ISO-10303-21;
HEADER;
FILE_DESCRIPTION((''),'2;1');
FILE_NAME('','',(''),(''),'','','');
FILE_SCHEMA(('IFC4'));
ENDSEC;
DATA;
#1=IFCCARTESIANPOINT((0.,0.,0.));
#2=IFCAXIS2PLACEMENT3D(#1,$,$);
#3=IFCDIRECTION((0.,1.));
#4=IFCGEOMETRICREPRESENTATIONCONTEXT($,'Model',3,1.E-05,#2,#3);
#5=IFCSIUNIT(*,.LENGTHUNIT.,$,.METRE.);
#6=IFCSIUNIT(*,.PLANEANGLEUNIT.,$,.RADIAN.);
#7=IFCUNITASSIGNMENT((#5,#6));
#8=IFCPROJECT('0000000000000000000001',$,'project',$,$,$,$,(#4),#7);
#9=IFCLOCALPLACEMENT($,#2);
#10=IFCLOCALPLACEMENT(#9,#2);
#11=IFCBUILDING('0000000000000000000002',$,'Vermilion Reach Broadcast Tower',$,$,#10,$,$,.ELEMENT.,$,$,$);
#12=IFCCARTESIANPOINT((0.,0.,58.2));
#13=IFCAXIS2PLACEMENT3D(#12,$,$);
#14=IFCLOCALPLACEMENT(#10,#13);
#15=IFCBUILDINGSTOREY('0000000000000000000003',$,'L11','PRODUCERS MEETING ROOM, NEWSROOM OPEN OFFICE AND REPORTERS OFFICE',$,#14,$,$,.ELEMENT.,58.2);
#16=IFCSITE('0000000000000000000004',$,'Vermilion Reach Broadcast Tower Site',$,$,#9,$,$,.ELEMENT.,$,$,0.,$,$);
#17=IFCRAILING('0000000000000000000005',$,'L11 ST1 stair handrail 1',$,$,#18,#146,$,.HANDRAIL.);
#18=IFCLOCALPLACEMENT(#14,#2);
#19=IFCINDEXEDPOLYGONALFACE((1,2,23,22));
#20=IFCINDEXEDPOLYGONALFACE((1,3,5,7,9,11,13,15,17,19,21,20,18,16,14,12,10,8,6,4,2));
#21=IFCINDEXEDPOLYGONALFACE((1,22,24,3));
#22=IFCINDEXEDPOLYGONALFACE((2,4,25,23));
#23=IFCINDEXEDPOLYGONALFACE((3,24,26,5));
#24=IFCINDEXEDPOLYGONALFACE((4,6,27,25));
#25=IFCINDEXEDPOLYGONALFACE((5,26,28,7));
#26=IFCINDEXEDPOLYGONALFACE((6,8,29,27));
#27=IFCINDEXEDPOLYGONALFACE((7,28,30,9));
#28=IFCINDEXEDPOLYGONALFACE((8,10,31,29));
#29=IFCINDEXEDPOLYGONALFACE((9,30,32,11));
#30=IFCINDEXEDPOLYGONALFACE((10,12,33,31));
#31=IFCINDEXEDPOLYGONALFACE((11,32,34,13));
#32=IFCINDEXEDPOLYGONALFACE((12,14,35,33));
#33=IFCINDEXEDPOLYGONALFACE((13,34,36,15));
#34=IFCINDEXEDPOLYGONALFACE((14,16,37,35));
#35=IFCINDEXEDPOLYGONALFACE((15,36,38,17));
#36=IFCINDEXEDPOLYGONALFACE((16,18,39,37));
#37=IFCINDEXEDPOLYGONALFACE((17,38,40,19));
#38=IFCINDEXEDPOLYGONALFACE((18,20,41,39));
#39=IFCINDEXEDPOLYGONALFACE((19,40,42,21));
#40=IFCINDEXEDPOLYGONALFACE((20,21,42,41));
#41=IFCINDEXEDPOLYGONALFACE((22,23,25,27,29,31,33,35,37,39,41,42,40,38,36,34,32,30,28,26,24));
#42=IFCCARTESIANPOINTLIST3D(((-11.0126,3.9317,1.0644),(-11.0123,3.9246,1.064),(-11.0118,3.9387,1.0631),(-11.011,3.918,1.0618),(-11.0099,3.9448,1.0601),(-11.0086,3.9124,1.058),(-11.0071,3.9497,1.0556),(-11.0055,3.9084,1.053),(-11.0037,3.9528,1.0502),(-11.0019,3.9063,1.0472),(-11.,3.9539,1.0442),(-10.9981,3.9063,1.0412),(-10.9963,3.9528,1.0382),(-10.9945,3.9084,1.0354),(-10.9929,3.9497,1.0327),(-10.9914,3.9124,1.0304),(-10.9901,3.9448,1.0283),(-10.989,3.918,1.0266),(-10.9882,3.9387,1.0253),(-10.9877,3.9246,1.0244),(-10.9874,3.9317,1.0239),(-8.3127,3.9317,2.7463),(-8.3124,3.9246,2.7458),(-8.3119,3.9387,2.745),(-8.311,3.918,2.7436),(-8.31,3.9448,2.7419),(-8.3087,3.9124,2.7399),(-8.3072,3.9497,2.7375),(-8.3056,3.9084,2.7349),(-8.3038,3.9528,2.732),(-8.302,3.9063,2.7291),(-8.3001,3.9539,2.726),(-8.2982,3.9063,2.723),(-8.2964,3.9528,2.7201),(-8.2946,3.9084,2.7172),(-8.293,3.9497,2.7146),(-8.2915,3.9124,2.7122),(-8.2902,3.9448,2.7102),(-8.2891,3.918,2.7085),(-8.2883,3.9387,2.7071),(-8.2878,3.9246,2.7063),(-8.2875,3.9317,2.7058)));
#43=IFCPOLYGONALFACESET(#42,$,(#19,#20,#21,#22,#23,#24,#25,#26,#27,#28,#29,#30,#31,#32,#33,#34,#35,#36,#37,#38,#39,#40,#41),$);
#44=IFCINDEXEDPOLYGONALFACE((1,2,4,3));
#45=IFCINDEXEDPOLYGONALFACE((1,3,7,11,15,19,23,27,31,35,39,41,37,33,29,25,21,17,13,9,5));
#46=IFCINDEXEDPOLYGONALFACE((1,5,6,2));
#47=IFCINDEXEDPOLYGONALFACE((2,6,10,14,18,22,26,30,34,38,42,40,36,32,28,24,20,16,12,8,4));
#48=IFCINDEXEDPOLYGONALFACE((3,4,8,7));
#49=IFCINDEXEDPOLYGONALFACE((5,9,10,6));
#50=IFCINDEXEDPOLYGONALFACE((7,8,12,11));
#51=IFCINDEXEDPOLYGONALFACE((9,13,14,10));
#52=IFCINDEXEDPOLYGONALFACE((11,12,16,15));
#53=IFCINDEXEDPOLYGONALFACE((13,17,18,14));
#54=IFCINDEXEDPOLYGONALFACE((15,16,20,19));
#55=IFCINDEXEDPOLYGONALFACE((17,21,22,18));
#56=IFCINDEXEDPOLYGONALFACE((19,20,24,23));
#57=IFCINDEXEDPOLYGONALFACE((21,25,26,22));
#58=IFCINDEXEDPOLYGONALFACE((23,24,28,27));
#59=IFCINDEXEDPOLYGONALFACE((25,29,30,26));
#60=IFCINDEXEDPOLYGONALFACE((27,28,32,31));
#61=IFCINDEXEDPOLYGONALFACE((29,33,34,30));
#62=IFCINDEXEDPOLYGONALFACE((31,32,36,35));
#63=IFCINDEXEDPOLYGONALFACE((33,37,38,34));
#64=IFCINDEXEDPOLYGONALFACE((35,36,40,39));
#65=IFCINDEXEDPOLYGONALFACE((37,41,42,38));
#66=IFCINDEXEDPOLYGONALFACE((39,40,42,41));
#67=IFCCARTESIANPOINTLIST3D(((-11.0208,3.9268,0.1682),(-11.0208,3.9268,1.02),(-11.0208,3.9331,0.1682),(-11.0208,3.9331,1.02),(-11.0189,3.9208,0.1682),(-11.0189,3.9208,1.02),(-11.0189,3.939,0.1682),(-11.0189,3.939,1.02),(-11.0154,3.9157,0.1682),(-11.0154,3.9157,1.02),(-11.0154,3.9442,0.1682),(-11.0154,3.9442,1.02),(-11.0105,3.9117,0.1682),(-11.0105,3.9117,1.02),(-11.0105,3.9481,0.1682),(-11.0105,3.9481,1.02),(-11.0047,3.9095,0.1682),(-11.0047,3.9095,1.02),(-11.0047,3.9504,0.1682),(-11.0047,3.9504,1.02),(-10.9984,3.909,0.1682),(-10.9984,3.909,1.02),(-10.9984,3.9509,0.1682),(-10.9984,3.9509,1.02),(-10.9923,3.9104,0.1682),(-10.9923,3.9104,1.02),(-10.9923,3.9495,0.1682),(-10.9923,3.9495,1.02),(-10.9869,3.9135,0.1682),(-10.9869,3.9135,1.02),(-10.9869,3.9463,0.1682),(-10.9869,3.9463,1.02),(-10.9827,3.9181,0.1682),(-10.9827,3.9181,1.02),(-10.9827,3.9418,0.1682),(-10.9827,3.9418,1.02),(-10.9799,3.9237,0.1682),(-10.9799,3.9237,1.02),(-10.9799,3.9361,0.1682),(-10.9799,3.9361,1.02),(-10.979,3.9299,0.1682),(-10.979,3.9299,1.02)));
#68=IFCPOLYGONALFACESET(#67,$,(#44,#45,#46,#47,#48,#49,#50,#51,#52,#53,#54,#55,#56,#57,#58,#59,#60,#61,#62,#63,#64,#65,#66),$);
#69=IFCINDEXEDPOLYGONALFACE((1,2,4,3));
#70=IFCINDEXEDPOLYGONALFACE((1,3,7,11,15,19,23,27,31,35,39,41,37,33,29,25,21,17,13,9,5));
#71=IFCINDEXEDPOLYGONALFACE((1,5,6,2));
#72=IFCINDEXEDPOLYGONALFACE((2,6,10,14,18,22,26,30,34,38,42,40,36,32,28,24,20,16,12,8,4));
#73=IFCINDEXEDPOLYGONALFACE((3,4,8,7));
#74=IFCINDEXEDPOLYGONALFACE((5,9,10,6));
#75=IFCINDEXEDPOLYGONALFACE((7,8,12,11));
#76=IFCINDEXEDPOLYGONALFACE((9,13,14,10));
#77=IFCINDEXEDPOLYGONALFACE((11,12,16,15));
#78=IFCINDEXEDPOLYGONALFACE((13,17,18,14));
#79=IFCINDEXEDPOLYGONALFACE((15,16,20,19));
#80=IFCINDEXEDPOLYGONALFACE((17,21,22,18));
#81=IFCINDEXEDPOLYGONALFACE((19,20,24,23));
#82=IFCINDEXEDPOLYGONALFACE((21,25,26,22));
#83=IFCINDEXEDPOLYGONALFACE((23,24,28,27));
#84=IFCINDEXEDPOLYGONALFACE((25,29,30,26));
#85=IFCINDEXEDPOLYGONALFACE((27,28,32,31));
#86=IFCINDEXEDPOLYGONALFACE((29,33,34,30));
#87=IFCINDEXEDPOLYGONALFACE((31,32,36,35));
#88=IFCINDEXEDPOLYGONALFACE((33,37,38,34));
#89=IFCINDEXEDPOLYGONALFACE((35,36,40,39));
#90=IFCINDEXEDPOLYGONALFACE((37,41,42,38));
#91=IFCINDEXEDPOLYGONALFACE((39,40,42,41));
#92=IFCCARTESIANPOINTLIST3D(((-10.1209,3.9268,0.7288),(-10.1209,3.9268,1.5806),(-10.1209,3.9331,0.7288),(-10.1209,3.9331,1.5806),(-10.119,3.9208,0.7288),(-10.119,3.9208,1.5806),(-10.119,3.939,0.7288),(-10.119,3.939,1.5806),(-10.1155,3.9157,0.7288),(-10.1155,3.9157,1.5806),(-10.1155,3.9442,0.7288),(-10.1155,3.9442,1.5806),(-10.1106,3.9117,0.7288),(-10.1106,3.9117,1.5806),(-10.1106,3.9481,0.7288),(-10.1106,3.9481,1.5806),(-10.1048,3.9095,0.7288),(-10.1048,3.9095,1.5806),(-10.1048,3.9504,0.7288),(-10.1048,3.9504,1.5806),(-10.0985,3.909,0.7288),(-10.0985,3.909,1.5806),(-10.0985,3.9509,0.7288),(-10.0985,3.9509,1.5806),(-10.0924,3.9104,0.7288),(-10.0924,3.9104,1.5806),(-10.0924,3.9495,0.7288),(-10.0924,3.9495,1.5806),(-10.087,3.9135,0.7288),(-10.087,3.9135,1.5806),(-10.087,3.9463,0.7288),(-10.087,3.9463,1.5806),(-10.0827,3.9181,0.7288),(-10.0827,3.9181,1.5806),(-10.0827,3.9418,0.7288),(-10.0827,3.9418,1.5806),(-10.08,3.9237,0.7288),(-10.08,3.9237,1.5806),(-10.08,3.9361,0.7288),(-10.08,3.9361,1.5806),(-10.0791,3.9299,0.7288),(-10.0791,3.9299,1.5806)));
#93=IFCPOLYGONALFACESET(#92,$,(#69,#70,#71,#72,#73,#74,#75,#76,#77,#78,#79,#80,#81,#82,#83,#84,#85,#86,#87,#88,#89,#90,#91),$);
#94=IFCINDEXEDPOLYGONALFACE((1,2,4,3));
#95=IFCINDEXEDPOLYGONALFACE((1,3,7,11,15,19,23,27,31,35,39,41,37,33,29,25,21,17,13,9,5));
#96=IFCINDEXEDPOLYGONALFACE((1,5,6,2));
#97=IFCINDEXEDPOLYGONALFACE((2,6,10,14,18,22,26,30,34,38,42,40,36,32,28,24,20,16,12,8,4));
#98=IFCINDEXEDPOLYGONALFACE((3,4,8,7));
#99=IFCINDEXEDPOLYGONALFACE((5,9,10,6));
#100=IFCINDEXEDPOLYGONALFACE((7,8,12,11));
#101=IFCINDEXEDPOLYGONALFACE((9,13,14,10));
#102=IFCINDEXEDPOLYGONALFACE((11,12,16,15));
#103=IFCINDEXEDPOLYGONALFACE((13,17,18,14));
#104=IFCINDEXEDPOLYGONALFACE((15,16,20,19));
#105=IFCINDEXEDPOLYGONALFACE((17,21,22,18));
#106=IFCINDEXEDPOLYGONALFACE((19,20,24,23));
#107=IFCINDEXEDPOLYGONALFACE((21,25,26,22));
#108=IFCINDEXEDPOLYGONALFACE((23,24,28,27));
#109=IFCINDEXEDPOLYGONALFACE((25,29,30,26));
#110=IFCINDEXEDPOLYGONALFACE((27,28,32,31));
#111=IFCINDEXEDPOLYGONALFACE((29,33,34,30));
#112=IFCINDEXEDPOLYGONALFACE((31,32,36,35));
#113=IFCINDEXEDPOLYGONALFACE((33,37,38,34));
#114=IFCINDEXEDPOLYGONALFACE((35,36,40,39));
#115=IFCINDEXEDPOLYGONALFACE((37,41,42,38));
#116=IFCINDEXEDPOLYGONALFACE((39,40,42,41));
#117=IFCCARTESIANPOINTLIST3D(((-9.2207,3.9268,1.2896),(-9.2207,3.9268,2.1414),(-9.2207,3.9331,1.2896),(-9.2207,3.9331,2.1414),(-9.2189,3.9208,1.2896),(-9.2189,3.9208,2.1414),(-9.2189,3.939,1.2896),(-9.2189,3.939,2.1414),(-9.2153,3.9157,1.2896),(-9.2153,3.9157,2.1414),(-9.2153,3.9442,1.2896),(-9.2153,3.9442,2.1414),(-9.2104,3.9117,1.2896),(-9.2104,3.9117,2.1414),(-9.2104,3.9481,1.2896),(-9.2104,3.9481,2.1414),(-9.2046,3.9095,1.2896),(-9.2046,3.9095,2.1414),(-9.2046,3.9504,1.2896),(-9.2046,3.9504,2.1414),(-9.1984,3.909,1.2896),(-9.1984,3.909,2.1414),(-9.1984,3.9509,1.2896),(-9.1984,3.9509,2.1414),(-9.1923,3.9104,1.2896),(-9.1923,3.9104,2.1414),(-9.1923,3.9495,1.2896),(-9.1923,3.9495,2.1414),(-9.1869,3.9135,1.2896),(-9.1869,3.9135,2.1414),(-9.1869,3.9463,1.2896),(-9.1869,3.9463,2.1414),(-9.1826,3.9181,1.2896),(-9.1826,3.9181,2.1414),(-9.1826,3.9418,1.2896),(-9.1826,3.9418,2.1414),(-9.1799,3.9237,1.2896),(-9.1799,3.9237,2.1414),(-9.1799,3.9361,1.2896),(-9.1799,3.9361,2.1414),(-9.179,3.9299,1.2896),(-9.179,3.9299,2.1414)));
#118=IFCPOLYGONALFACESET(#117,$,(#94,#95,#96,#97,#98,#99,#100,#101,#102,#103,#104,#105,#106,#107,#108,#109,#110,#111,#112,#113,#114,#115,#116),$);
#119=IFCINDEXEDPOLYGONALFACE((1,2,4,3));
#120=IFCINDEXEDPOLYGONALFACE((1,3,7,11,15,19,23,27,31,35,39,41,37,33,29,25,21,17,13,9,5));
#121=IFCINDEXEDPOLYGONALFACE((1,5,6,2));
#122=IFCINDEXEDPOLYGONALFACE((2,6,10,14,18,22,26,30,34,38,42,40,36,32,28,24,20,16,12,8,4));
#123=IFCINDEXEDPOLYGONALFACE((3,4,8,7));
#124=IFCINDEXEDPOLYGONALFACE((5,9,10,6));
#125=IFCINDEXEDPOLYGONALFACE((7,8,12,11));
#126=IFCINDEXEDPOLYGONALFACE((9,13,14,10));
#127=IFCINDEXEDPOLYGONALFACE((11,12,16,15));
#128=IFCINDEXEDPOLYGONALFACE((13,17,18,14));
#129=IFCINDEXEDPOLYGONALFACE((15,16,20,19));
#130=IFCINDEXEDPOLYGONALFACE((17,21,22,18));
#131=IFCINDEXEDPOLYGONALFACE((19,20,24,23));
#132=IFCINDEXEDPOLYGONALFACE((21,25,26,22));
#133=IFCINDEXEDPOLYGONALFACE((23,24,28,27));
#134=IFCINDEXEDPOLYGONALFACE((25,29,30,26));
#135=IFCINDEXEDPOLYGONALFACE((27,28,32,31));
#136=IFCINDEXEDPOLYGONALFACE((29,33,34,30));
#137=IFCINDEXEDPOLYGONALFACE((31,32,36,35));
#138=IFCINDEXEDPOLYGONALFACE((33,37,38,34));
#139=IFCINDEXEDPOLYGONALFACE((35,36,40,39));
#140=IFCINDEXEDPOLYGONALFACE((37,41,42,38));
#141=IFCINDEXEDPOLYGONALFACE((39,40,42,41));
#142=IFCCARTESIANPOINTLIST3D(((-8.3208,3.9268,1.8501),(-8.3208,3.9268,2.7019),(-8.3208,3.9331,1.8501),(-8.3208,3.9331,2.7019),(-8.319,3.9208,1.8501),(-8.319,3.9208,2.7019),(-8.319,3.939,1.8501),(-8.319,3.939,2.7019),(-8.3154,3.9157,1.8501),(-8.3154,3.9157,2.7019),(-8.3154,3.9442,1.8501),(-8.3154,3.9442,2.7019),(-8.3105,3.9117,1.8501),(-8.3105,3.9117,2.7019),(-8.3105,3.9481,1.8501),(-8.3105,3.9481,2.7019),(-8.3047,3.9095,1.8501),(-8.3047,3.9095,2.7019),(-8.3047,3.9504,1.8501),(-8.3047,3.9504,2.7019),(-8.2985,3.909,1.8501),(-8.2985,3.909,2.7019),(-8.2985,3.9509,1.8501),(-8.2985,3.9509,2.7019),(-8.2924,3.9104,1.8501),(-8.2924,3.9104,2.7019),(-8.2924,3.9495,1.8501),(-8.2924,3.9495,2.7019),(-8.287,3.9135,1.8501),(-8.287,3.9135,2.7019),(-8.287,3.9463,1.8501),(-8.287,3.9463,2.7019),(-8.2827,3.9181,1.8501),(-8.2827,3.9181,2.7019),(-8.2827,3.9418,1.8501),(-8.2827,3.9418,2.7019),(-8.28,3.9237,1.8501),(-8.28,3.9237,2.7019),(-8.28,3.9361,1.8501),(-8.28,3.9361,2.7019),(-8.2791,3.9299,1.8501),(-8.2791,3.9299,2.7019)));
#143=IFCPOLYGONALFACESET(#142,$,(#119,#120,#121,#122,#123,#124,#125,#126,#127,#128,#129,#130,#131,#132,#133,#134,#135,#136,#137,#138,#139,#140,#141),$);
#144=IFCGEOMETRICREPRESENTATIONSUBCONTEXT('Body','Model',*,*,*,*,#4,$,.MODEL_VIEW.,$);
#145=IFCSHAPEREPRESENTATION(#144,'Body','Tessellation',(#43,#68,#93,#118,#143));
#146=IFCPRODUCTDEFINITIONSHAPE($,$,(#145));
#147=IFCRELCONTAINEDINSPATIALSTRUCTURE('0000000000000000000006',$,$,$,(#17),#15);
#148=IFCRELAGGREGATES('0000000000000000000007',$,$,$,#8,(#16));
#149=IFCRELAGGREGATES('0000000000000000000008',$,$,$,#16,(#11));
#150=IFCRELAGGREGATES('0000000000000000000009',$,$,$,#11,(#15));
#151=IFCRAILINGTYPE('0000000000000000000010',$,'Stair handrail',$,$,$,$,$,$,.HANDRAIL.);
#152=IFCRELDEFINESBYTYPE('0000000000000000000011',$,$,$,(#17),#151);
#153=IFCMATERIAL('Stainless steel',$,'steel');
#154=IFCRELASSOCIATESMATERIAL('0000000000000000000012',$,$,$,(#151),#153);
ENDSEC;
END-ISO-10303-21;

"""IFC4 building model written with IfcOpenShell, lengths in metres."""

from ifc_helpers import new_model, si_unit, direction, frame, origin, origin_2d, place, context, subcontext, project, spatial, circle, extrude, material, type_object, element, save


model = new_model("IFC4")

# Units and contexts
model_context = context("Model", 3, precision=1e-05, world=origin(), true_north=direction((0.0, 1.0)))
body_context = subcontext(model_context, "Body", "Model", "MODEL_VIEW")
ifc_project = project(units=[si_unit("LENGTHUNIT", "METRE"), si_unit("PLANEANGLEUNIT", "RADIAN")], contexts=[model_context])

# Site, building, storey
site_placement = place(None, origin())
site = spatial("IfcSite", under=ifc_project, at=site_placement, Name="Vermilion Reach Broadcast Tower Site", CompositionType="ELEMENT", RefElevation=0.0)
building_placement = place(site_placement, origin())
building = spatial("IfcBuilding", under=site, at=building_placement, Name="Vermilion Reach Broadcast Tower", CompositionType="ELEMENT")
storey_placement = place(building_placement, frame((0.0, 0.0, 58.2)))
storey = spatial("IfcBuildingStorey", under=building, at=storey_placement, Name="L11", Description="PRODUCERS MEETING ROOM, NEWSROOM OPEN OFFICE AND REPORTERS OFFICE", CompositionType="ELEMENT", Elevation=58.2)

# Railing
ifc_material_1 = material(Name="Stainless steel", Category="steel")
railing_type_1 = type_object("IfcRailingType", Name="Stair handrail", PredefinedType="HANDRAIL", material=ifc_material_1)
railing_1_placement = place(storey_placement, frame((-11.0, 3.9299, 0.1682)))
element("IfcRailing", 1, at=railing_1_placement, inside=storey, type_object=railing_type_1, Name="L11 ST1 stair handrail 1", PredefinedType="HANDRAIL", context=body_context, shape_type="SweptSolid", body=[
    extrude(circle(Radius=0.0239, at=origin_2d()), frame((0.0, 0.0, 0.876), z_axis=(0.848786, 0.0, 0.528736), x_axis=(0.0, 1.0, 0.0)), (0.0, 0.0, 1.0), 3.1809),
    extrude(circle(Radius=0.021, at=origin_2d()), origin(), (0.0, 0.0, 1.0), 0.8518),
    extrude(circle(Radius=0.021, at=origin_2d()), frame((0.8999, 0.0, 0.5605)), (0.0, 0.0, 1.0), 0.8518),
    extrude(circle(Radius=0.021, at=origin_2d()), frame((1.8, 0.0, 1.1213)), (0.0, 0.0, 1.0), 0.8518),
    extrude(circle(Radius=0.021, at=origin_2d()), frame((2.7, 0.0, 1.6819)), (0.0, 0.0, 1.0), 0.8518),
])

save(model, "model.ifc")
